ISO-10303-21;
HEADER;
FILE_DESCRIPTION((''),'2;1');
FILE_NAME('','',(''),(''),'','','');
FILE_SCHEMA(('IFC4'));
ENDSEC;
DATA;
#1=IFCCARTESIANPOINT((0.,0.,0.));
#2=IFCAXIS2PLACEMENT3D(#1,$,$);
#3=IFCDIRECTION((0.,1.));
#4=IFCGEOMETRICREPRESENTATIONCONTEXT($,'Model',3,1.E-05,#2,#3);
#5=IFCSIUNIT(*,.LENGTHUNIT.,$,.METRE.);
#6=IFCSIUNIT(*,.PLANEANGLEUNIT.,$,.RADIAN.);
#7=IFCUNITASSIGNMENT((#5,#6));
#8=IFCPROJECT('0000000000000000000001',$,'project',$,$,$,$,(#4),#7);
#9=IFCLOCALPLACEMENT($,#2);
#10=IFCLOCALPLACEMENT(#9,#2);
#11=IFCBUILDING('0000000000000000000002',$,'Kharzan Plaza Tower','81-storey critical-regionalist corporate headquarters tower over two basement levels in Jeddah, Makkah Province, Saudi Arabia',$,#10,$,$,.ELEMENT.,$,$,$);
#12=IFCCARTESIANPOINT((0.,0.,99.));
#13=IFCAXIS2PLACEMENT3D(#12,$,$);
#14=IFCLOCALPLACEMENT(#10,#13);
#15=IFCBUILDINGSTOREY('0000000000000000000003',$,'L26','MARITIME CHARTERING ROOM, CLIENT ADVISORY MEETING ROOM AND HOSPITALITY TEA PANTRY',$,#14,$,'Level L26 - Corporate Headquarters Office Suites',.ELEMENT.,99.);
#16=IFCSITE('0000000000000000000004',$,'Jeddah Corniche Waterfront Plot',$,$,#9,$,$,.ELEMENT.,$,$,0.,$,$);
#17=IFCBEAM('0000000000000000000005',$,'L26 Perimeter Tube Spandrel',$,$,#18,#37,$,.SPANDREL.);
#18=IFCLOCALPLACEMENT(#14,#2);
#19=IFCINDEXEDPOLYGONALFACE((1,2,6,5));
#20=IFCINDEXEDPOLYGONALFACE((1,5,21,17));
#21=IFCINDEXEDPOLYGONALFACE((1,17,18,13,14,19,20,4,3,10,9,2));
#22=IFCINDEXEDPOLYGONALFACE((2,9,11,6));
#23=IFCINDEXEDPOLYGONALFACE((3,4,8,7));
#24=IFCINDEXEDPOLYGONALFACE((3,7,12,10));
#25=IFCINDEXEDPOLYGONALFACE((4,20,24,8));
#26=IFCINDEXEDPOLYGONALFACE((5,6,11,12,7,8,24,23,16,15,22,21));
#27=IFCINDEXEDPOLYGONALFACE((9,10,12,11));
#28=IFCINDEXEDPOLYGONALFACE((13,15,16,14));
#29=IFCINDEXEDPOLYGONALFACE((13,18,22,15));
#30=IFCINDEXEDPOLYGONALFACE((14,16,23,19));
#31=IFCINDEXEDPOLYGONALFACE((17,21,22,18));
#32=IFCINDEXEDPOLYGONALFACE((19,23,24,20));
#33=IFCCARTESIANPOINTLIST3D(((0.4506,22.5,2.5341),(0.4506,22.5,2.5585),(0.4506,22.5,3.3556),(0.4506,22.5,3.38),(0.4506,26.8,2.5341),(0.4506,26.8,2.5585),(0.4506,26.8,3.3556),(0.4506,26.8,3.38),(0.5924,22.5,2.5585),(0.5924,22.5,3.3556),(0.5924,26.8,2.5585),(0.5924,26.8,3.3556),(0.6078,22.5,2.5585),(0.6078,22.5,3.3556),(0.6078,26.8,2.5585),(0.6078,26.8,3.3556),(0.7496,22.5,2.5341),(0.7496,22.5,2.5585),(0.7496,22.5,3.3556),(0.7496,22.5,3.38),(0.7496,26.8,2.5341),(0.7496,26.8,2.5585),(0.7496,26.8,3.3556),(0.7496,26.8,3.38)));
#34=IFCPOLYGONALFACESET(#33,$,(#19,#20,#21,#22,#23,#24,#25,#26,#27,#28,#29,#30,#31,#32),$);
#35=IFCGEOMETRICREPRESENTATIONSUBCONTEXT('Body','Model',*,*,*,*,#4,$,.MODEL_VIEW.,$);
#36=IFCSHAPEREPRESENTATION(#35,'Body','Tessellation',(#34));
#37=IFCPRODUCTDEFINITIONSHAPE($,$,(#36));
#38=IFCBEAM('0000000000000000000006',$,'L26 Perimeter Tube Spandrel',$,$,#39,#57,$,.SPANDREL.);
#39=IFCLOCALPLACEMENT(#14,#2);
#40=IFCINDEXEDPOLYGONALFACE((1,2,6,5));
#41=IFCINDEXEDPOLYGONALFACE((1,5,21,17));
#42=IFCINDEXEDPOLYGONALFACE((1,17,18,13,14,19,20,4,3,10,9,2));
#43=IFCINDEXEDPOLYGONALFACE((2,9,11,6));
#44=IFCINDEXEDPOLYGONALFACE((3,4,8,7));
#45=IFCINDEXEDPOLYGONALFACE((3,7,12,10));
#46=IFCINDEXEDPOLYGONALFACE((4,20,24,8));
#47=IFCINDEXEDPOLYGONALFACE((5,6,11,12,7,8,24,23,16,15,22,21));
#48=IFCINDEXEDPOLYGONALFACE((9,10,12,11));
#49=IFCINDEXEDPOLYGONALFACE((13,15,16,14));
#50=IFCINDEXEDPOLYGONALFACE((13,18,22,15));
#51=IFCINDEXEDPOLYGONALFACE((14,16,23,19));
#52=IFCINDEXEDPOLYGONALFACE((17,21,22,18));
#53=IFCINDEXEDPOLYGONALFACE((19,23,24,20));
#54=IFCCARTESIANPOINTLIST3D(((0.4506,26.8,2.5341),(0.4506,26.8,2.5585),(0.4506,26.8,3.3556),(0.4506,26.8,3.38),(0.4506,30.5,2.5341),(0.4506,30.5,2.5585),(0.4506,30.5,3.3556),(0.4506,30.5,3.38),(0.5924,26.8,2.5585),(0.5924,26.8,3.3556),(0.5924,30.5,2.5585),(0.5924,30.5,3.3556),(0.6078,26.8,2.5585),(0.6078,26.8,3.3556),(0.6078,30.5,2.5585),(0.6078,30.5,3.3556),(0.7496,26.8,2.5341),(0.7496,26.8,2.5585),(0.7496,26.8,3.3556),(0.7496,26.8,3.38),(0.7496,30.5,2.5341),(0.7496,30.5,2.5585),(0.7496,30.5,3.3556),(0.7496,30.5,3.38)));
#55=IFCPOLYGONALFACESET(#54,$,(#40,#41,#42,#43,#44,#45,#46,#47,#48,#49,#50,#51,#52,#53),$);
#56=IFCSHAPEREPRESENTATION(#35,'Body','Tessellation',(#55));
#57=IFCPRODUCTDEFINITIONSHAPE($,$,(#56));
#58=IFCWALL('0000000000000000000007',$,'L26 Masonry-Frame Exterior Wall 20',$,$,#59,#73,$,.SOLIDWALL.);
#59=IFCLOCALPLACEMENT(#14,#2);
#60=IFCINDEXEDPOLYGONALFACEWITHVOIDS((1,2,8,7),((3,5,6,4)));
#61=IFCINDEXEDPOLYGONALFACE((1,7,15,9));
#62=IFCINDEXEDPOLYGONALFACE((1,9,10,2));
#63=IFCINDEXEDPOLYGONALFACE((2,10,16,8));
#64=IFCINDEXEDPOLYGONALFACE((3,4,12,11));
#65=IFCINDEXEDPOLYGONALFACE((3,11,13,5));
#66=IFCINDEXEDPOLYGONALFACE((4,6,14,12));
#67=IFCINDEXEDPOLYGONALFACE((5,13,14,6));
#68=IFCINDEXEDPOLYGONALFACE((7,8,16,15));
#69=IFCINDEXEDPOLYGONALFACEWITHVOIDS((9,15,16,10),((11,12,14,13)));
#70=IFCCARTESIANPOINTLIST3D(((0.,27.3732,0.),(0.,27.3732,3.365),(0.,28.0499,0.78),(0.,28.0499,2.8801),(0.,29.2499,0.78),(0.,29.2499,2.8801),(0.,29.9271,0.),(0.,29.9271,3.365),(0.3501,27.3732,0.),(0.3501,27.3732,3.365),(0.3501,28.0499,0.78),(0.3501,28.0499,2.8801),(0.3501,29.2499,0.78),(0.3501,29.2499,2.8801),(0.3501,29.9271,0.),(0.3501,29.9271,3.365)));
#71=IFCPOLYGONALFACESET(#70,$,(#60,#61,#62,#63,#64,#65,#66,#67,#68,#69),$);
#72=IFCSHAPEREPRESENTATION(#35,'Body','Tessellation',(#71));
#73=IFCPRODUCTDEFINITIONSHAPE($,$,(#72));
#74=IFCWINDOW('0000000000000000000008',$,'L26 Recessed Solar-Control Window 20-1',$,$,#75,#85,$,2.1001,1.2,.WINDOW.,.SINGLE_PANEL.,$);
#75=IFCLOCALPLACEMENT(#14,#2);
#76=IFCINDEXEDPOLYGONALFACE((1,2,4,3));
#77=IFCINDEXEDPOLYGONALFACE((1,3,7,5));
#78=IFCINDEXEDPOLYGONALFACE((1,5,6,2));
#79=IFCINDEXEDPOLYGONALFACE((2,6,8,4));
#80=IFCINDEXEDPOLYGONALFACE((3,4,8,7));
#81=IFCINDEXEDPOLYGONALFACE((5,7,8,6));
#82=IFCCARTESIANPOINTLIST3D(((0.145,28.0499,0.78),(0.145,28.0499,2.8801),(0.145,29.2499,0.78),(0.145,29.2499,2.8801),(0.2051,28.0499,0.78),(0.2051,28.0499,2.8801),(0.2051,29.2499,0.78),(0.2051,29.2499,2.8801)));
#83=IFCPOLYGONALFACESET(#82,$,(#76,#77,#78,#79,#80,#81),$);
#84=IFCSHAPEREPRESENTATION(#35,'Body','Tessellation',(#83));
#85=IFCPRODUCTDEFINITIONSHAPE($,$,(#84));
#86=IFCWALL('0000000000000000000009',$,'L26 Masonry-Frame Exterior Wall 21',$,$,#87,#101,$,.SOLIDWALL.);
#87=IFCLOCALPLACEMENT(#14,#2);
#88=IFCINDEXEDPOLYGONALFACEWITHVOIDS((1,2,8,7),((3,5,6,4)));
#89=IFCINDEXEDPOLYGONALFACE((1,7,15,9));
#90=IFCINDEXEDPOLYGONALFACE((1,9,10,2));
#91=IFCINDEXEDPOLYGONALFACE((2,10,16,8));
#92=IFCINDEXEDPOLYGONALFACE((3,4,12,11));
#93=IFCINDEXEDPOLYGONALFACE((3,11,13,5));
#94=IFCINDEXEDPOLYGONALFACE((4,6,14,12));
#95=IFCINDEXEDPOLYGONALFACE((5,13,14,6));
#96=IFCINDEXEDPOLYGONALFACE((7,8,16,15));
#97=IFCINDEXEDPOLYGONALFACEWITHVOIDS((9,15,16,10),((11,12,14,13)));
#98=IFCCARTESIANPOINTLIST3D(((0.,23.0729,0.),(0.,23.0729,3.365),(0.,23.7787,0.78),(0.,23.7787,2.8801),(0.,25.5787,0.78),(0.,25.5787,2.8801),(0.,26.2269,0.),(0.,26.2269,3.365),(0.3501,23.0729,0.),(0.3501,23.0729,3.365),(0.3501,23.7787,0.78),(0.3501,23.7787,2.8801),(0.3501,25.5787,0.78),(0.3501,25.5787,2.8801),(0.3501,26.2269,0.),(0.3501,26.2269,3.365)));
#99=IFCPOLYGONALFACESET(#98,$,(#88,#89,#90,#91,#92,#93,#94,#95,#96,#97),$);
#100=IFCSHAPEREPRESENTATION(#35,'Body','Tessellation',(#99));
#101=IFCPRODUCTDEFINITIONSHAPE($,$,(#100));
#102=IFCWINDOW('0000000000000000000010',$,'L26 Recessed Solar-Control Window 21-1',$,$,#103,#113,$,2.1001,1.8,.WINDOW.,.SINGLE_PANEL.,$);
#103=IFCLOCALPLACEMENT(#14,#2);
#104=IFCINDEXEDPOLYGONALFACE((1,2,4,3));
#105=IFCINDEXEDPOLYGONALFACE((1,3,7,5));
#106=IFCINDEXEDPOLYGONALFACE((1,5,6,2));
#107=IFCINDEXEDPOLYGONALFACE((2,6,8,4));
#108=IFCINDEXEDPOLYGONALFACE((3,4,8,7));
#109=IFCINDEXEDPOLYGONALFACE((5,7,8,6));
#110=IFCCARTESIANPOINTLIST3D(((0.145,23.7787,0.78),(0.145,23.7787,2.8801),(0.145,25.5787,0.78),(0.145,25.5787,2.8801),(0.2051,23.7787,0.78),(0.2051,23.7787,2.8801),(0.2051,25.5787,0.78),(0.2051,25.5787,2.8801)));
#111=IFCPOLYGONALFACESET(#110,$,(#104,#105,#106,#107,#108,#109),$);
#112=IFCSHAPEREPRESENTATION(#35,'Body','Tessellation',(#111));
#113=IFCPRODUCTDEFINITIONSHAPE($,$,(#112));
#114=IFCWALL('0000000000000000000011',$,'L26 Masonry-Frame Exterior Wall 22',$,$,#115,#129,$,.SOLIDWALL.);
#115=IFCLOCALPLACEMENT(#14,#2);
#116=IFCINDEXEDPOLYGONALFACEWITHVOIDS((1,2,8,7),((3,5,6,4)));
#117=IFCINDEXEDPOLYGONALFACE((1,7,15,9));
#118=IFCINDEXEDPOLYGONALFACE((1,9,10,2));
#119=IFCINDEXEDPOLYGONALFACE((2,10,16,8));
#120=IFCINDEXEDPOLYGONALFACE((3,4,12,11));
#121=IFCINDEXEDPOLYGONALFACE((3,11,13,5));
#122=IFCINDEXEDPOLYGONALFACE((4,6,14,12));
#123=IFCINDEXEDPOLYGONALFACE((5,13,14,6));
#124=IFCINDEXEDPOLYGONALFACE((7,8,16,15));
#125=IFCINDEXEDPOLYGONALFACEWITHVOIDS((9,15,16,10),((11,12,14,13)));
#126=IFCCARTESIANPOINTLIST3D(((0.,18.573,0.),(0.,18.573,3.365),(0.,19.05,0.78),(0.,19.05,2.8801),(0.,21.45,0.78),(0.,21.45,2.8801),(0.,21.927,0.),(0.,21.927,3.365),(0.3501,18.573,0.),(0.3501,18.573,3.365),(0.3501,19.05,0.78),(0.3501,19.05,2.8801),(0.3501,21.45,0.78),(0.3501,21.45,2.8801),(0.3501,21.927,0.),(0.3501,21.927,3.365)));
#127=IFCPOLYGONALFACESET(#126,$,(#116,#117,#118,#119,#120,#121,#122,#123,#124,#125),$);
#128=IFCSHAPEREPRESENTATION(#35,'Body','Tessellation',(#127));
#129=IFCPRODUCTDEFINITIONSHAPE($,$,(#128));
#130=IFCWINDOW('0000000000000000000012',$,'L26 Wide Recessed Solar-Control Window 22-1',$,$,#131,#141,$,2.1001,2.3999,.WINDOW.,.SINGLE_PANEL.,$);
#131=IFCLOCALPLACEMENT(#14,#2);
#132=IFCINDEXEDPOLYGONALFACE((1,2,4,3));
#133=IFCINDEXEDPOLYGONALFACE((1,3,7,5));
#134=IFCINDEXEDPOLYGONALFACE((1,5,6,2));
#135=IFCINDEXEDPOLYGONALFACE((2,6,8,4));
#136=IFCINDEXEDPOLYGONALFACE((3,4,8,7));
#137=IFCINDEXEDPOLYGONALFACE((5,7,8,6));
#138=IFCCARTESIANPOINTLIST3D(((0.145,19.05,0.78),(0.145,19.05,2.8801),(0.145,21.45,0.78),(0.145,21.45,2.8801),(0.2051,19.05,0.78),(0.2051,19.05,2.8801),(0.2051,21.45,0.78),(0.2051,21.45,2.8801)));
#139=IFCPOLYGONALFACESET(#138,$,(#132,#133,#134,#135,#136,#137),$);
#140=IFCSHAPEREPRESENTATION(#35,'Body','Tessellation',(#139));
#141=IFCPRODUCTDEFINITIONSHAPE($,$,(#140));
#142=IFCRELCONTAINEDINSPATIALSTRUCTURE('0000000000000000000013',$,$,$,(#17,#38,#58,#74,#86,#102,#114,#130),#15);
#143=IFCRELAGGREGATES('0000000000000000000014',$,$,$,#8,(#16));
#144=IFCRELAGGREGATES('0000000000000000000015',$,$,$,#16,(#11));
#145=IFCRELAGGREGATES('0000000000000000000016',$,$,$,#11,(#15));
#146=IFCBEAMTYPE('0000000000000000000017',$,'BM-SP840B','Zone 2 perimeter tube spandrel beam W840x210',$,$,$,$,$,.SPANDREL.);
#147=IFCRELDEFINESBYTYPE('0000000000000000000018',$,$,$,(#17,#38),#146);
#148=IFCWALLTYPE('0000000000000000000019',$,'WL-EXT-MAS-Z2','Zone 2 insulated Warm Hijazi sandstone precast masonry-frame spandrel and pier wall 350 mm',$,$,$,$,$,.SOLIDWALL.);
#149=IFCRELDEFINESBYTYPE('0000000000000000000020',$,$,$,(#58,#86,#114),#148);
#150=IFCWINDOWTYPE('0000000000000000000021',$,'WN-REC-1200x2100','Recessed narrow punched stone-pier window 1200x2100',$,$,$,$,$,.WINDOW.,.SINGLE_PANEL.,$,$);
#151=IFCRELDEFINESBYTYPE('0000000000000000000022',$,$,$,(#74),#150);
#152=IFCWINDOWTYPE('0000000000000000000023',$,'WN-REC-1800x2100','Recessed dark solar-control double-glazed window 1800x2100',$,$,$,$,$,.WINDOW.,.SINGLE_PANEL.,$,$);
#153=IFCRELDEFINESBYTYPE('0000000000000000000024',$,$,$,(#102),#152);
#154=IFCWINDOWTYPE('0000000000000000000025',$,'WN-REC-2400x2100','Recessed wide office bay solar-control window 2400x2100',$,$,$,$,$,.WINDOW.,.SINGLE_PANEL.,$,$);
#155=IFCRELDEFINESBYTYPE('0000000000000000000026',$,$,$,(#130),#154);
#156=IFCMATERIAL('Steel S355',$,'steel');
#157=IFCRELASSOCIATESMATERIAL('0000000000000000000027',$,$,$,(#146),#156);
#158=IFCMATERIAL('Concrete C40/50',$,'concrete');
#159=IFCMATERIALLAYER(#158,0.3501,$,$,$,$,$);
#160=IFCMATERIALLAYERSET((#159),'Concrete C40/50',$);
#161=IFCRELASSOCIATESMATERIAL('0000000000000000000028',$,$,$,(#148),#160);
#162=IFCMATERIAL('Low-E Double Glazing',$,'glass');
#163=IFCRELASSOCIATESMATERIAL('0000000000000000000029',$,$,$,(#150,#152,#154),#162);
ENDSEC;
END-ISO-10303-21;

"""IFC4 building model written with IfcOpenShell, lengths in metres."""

from ifc_helpers import new_model, si_unit, direction, frame, frame_2d, origin, origin_2d, place, context, subcontext, project, spatial, rectangle, i_section, extrude, source, transform, mapped, material, layer, layer_set, material_profile, profile_set, type_object, element, fill, save


model = new_model("IFC4")

# Units and contexts
model_context = context("Model", 3, precision=1e-05, world=origin(), true_north=direction((0.0, 1.0)))
body_context = subcontext(model_context, "Body", "Model", "MODEL_VIEW")
ifc_project = project(units=[si_unit("LENGTHUNIT", "METRE"), si_unit("PLANEANGLEUNIT", "RADIAN")], contexts=[model_context])

# Site, building, storey
site_placement = place(None, origin())
site = spatial("IfcSite", under=ifc_project, at=site_placement, Name="Jeddah Corniche Waterfront Plot", CompositionType="ELEMENT", RefElevation=0.0)
building_placement = place(site_placement, origin())
building = spatial("IfcBuilding", under=site, at=building_placement, Name="Kharzan Plaza Tower", Description="81-storey critical-regionalist corporate headquarters tower over two basement levels in Jeddah, Makkah Province, Saudi Arabia", CompositionType="ELEMENT")
storey_placement = place(building_placement, frame((0.0, 0.0, 99.0)))
storey = spatial("IfcBuildingStorey", under=building, at=storey_placement, Name="L26", Description="MARITIME CHARTERING ROOM, CLIENT ADVISORY MEETING ROOM AND HOSPITALITY TEA PANTRY", LongName="Level L26 - Corporate Headquarters Office Suites", CompositionType="ELEMENT", Elevation=99.0)

# Beams
ifc_material_1 = material(Name="Steel S355", Category="steel")
ifc_material_profile_1 = material_profile(ifc_material_1, i_section(OverallWidth=0.2991, OverallDepth=0.8459, WebThickness=0.0154, FlangeThickness=0.0244, at=origin_2d()), Name="W840x210")
ifc_profile_set_1 = profile_set([ifc_material_profile_1], Name="Steel S355")
beam_type_1 = type_object("IfcBeamType", Name="BM-SP840B", Description="Zone 2 perimeter tube spandrel beam W840x210", PredefinedType="SPANDREL", material=ifc_profile_set_1)
shared_shape_1 = source(origin(), body_context, "Body", "SweptSolid", [
    extrude(i_section(OverallWidth=0.2991, OverallDepth=0.8459, WebThickness=0.0154, FlangeThickness=0.0244, at=origin_2d()), origin(), (0.0, 0.0, 1.0), 4.3),
])
beam_1_placement = place(storey_placement, frame((0.6001, 22.5, 2.957), z_axis=(0.0, 1.0, 0.0), x_axis=(-1.0, 0.0, 0.0)))
element("IfcBeam", 1, at=beam_1_placement, inside=storey, type_object=beam_type_1, Name="L26 Perimeter Tube Spandrel", PredefinedType="SPANDREL", context=body_context, shape_type="MappedRepresentation", body=[
    mapped(shared_shape_1, transform((0.0, 0.0, 0.0), x_axis=(1.0, 0.0, 0.0), y_axis=(0.0, 1.0, 0.0), z_axis=(0.0, 0.0, 1.0))),
])
shared_shape_2 = source(origin(), body_context, "Body", "SweptSolid", [
    extrude(i_section(OverallWidth=0.2991, OverallDepth=0.8459, WebThickness=0.0154, FlangeThickness=0.0244, at=origin_2d()), origin(), (0.0, 0.0, 1.0), 3.7),
])
beam_2_placement = place(storey_placement, frame((0.6001, 26.8, 2.957), z_axis=(0.0, 1.0, 0.0), x_axis=(-1.0, 0.0, 0.0)))
element("IfcBeam", 2, at=beam_2_placement, inside=storey, type_object=beam_type_1, Name="L26 Perimeter Tube Spandrel", PredefinedType="SPANDREL", context=body_context, shape_type="MappedRepresentation", body=[
    mapped(shared_shape_2, transform((0.0, 0.0, 0.0), x_axis=(1.0, 0.0, 0.0), y_axis=(0.0, 1.0, 0.0), z_axis=(0.0, 0.0, 1.0))),
])

# Walls, openings, windows
ifc_material_2 = material(Name="Concrete C40/50", Category="concrete")
ifc_layer_1 = layer(ifc_material_2, 0.3501)
ifc_layer_set_1 = layer_set([ifc_layer_1], Name="Concrete C40/50")
wall_type_1 = type_object("IfcWallType", Name="WL-EXT-MAS-Z2", Description="Zone 2 insulated Warm Hijazi sandstone precast masonry-frame spandrel and pier wall 350 mm", PredefinedType="SOLIDWALL", material=ifc_layer_set_1)
wall_1_placement = place(storey_placement, frame((0.175, 29.927, 0.0), z_axis=(0.0, 0.0, 1.0), x_axis=(0.0, -1.0, 0.0)))
wall_1 = element("IfcWall", 3, at=wall_1_placement, inside=storey, type_object=wall_type_1, Name="L26 Masonry-Frame Exterior Wall 20", PredefinedType="SOLIDWALL", context=body_context, shape_type="SweptSolid", body=[
    extrude(rectangle(XDim=2.554, YDim=0.3501, at=frame_2d((1.2769, 0.0))), origin(), (0.0, 0.0, 1.0), 3.365),
])
opening_1_placement = place(wall_1_placement, frame((0.677, 0.0, 0.78)))
opening_1 = element("IfcOpeningElement", 4, at=opening_1_placement, cuts=wall_1, PredefinedType="OPENING", context=body_context, shape_type="SweptSolid", body=[
    extrude(rectangle(XDim=1.2, YDim=2.1001, at=frame_2d((0.6001, 1.05))), frame((0.0, 0.1851, 0.0), z_axis=(0.0, -1.0, 0.0), x_axis=(1.0, 0.0, 0.0)), (0.0, 0.0, 1.0), 0.3701),
])
ifc_material_3 = material(Name="Low-E Double Glazing", Category="glass")
window_type_1 = type_object("IfcWindowType", Name="WN-REC-1200x2100", Description="Recessed narrow punched stone-pier window 1200x2100", PartitioningType="SINGLE_PANEL", PredefinedType="WINDOW", material=ifc_material_3)
shared_shape_3 = source(origin(), body_context, "Body", "SweptSolid", [
    extrude(rectangle(XDim=1.2, YDim=2.1001, at=frame_2d((0.6001, 1.05))), frame((0.0, 0.03, 0.0), z_axis=(0.0, -1.0, 0.0), x_axis=(1.0, 0.0, 0.0)), (0.0, 0.0, 1.0), 0.0601),
])
window_1_placement = place(opening_1_placement, origin())
window_1 = element("IfcWindow", 5, at=window_1_placement, inside=storey, type_object=window_type_1, Name="L26 Recessed Solar-Control Window 20-1", OverallHeight=2.1001, OverallWidth=1.2, PartitioningType="SINGLE_PANEL", PredefinedType="WINDOW", context=body_context, shape_type="MappedRepresentation", body=[
    mapped(shared_shape_3, transform((0.0, 0.0, 0.0), x_axis=(1.0, 0.0, 0.0), y_axis=(0.0, 1.0, 0.0), z_axis=(0.0, 0.0, 1.0))),
])
fill(opening_1, window_1)
wall_2_placement = place(storey_placement, frame((0.175, 26.2271, 0.0), z_axis=(0.0, 0.0, 1.0), x_axis=(0.0, -1.0, 0.0)))
wall_2 = element("IfcWall", 6, at=wall_2_placement, inside=storey, type_object=wall_type_1, Name="L26 Masonry-Frame Exterior Wall 21", PredefinedType="SOLIDWALL", context=body_context, shape_type="SweptSolid", body=[
    extrude(rectangle(XDim=3.1541, YDim=0.3501, at=frame_2d((1.5771, 0.0))), origin(), (0.0, 0.0, 1.0), 3.365),
])
opening_2_placement = place(wall_2_placement, frame((0.6484, 0.0, 0.78)))
opening_2 = element("IfcOpeningElement", 7, at=opening_2_placement, cuts=wall_2, PredefinedType="OPENING", context=body_context, shape_type="SweptSolid", body=[
    extrude(rectangle(XDim=1.8, YDim=2.1001, at=frame_2d((0.8999, 1.05))), frame((0.0, 0.1851, 0.0), z_axis=(0.0, -1.0, 0.0), x_axis=(1.0, 0.0, 0.0)), (0.0, 0.0, 1.0), 0.3701),
])
window_type_2 = type_object("IfcWindowType", Name="WN-REC-1800x2100", Description="Recessed dark solar-control double-glazed window 1800x2100", PartitioningType="SINGLE_PANEL", PredefinedType="WINDOW", material=ifc_material_3)
shared_shape_4 = source(origin(), body_context, "Body", "SweptSolid", [
    extrude(rectangle(XDim=1.8, YDim=2.1001, at=frame_2d((0.8999, 1.05))), frame((0.0, 0.03, 0.0), z_axis=(0.0, -1.0, 0.0), x_axis=(1.0, 0.0, 0.0)), (0.0, 0.0, 1.0), 0.0601),
])
window_2_placement = place(opening_2_placement, origin())
window_2 = element("IfcWindow", 8, at=window_2_placement, inside=storey, type_object=window_type_2, Name="L26 Recessed Solar-Control Window 21-1", OverallHeight=2.1001, OverallWidth=1.8, PartitioningType="SINGLE_PANEL", PredefinedType="WINDOW", context=body_context, shape_type="MappedRepresentation", body=[
    mapped(shared_shape_4, transform((0.0, 0.0, 0.0), x_axis=(1.0, 0.0, 0.0), y_axis=(0.0, 1.0, 0.0), z_axis=(0.0, 0.0, 1.0))),
])
fill(opening_2, window_2)
wall_3_placement = place(storey_placement, frame((0.175, 21.927, 0.0), z_axis=(0.0, 0.0, 1.0), x_axis=(0.0, -1.0, 0.0)))
wall_3 = element("IfcWall", 9, at=wall_3_placement, inside=storey, type_object=wall_type_1, Name="L26 Masonry-Frame Exterior Wall 22", PredefinedType="SOLIDWALL", context=body_context, shape_type="SweptSolid", body=[
    extrude(rectangle(XDim=3.354, YDim=0.3501, at=frame_2d((1.677, 0.0))), origin(), (0.0, 0.0, 1.0), 3.365),
])
opening_3_placement = place(wall_3_placement, frame((0.4771, 0.0, 0.78)))
opening_3 = element("IfcOpeningElement", 10, at=opening_3_placement, cuts=wall_3, PredefinedType="OPENING", context=body_context, shape_type="SweptSolid", body=[
    extrude(rectangle(XDim=2.3999, YDim=2.1001, at=frame_2d((1.2, 1.05))), frame((0.0, 0.1851, 0.0), z_axis=(0.0, -1.0, 0.0), x_axis=(1.0, 0.0, 0.0)), (0.0, 0.0, 1.0), 0.3701),
])
window_type_3 = type_object("IfcWindowType", Name="WN-REC-2400x2100", Description="Recessed wide office bay solar-control window 2400x2100", PartitioningType="SINGLE_PANEL", PredefinedType="WINDOW", material=ifc_material_3)
shared_shape_5 = source(origin(), body_context, "Body", "SweptSolid", [
    extrude(rectangle(XDim=2.3999, YDim=2.1001, at=frame_2d((1.2, 1.05))), frame((0.0, 0.03, 0.0), z_axis=(0.0, -1.0, 0.0), x_axis=(1.0, 0.0, 0.0)), (0.0, 0.0, 1.0), 0.0601),
])
window_3_placement = place(opening_3_placement, origin())
window_3 = element("IfcWindow", 11, at=window_3_placement, inside=storey, type_object=window_type_3, Name="L26 Wide Recessed Solar-Control Window 22-1", OverallHeight=2.1001, OverallWidth=2.3999, PartitioningType="SINGLE_PANEL", PredefinedType="WINDOW", context=body_context, shape_type="MappedRepresentation", body=[
    mapped(shared_shape_5, transform((0.0, 0.0, 0.0), x_axis=(1.0, 0.0, 0.0), y_axis=(0.0, 1.0, 0.0), z_axis=(0.0, 0.0, 1.0))),
])
fill(opening_3, window_3)

save(model, "model.ifc")
